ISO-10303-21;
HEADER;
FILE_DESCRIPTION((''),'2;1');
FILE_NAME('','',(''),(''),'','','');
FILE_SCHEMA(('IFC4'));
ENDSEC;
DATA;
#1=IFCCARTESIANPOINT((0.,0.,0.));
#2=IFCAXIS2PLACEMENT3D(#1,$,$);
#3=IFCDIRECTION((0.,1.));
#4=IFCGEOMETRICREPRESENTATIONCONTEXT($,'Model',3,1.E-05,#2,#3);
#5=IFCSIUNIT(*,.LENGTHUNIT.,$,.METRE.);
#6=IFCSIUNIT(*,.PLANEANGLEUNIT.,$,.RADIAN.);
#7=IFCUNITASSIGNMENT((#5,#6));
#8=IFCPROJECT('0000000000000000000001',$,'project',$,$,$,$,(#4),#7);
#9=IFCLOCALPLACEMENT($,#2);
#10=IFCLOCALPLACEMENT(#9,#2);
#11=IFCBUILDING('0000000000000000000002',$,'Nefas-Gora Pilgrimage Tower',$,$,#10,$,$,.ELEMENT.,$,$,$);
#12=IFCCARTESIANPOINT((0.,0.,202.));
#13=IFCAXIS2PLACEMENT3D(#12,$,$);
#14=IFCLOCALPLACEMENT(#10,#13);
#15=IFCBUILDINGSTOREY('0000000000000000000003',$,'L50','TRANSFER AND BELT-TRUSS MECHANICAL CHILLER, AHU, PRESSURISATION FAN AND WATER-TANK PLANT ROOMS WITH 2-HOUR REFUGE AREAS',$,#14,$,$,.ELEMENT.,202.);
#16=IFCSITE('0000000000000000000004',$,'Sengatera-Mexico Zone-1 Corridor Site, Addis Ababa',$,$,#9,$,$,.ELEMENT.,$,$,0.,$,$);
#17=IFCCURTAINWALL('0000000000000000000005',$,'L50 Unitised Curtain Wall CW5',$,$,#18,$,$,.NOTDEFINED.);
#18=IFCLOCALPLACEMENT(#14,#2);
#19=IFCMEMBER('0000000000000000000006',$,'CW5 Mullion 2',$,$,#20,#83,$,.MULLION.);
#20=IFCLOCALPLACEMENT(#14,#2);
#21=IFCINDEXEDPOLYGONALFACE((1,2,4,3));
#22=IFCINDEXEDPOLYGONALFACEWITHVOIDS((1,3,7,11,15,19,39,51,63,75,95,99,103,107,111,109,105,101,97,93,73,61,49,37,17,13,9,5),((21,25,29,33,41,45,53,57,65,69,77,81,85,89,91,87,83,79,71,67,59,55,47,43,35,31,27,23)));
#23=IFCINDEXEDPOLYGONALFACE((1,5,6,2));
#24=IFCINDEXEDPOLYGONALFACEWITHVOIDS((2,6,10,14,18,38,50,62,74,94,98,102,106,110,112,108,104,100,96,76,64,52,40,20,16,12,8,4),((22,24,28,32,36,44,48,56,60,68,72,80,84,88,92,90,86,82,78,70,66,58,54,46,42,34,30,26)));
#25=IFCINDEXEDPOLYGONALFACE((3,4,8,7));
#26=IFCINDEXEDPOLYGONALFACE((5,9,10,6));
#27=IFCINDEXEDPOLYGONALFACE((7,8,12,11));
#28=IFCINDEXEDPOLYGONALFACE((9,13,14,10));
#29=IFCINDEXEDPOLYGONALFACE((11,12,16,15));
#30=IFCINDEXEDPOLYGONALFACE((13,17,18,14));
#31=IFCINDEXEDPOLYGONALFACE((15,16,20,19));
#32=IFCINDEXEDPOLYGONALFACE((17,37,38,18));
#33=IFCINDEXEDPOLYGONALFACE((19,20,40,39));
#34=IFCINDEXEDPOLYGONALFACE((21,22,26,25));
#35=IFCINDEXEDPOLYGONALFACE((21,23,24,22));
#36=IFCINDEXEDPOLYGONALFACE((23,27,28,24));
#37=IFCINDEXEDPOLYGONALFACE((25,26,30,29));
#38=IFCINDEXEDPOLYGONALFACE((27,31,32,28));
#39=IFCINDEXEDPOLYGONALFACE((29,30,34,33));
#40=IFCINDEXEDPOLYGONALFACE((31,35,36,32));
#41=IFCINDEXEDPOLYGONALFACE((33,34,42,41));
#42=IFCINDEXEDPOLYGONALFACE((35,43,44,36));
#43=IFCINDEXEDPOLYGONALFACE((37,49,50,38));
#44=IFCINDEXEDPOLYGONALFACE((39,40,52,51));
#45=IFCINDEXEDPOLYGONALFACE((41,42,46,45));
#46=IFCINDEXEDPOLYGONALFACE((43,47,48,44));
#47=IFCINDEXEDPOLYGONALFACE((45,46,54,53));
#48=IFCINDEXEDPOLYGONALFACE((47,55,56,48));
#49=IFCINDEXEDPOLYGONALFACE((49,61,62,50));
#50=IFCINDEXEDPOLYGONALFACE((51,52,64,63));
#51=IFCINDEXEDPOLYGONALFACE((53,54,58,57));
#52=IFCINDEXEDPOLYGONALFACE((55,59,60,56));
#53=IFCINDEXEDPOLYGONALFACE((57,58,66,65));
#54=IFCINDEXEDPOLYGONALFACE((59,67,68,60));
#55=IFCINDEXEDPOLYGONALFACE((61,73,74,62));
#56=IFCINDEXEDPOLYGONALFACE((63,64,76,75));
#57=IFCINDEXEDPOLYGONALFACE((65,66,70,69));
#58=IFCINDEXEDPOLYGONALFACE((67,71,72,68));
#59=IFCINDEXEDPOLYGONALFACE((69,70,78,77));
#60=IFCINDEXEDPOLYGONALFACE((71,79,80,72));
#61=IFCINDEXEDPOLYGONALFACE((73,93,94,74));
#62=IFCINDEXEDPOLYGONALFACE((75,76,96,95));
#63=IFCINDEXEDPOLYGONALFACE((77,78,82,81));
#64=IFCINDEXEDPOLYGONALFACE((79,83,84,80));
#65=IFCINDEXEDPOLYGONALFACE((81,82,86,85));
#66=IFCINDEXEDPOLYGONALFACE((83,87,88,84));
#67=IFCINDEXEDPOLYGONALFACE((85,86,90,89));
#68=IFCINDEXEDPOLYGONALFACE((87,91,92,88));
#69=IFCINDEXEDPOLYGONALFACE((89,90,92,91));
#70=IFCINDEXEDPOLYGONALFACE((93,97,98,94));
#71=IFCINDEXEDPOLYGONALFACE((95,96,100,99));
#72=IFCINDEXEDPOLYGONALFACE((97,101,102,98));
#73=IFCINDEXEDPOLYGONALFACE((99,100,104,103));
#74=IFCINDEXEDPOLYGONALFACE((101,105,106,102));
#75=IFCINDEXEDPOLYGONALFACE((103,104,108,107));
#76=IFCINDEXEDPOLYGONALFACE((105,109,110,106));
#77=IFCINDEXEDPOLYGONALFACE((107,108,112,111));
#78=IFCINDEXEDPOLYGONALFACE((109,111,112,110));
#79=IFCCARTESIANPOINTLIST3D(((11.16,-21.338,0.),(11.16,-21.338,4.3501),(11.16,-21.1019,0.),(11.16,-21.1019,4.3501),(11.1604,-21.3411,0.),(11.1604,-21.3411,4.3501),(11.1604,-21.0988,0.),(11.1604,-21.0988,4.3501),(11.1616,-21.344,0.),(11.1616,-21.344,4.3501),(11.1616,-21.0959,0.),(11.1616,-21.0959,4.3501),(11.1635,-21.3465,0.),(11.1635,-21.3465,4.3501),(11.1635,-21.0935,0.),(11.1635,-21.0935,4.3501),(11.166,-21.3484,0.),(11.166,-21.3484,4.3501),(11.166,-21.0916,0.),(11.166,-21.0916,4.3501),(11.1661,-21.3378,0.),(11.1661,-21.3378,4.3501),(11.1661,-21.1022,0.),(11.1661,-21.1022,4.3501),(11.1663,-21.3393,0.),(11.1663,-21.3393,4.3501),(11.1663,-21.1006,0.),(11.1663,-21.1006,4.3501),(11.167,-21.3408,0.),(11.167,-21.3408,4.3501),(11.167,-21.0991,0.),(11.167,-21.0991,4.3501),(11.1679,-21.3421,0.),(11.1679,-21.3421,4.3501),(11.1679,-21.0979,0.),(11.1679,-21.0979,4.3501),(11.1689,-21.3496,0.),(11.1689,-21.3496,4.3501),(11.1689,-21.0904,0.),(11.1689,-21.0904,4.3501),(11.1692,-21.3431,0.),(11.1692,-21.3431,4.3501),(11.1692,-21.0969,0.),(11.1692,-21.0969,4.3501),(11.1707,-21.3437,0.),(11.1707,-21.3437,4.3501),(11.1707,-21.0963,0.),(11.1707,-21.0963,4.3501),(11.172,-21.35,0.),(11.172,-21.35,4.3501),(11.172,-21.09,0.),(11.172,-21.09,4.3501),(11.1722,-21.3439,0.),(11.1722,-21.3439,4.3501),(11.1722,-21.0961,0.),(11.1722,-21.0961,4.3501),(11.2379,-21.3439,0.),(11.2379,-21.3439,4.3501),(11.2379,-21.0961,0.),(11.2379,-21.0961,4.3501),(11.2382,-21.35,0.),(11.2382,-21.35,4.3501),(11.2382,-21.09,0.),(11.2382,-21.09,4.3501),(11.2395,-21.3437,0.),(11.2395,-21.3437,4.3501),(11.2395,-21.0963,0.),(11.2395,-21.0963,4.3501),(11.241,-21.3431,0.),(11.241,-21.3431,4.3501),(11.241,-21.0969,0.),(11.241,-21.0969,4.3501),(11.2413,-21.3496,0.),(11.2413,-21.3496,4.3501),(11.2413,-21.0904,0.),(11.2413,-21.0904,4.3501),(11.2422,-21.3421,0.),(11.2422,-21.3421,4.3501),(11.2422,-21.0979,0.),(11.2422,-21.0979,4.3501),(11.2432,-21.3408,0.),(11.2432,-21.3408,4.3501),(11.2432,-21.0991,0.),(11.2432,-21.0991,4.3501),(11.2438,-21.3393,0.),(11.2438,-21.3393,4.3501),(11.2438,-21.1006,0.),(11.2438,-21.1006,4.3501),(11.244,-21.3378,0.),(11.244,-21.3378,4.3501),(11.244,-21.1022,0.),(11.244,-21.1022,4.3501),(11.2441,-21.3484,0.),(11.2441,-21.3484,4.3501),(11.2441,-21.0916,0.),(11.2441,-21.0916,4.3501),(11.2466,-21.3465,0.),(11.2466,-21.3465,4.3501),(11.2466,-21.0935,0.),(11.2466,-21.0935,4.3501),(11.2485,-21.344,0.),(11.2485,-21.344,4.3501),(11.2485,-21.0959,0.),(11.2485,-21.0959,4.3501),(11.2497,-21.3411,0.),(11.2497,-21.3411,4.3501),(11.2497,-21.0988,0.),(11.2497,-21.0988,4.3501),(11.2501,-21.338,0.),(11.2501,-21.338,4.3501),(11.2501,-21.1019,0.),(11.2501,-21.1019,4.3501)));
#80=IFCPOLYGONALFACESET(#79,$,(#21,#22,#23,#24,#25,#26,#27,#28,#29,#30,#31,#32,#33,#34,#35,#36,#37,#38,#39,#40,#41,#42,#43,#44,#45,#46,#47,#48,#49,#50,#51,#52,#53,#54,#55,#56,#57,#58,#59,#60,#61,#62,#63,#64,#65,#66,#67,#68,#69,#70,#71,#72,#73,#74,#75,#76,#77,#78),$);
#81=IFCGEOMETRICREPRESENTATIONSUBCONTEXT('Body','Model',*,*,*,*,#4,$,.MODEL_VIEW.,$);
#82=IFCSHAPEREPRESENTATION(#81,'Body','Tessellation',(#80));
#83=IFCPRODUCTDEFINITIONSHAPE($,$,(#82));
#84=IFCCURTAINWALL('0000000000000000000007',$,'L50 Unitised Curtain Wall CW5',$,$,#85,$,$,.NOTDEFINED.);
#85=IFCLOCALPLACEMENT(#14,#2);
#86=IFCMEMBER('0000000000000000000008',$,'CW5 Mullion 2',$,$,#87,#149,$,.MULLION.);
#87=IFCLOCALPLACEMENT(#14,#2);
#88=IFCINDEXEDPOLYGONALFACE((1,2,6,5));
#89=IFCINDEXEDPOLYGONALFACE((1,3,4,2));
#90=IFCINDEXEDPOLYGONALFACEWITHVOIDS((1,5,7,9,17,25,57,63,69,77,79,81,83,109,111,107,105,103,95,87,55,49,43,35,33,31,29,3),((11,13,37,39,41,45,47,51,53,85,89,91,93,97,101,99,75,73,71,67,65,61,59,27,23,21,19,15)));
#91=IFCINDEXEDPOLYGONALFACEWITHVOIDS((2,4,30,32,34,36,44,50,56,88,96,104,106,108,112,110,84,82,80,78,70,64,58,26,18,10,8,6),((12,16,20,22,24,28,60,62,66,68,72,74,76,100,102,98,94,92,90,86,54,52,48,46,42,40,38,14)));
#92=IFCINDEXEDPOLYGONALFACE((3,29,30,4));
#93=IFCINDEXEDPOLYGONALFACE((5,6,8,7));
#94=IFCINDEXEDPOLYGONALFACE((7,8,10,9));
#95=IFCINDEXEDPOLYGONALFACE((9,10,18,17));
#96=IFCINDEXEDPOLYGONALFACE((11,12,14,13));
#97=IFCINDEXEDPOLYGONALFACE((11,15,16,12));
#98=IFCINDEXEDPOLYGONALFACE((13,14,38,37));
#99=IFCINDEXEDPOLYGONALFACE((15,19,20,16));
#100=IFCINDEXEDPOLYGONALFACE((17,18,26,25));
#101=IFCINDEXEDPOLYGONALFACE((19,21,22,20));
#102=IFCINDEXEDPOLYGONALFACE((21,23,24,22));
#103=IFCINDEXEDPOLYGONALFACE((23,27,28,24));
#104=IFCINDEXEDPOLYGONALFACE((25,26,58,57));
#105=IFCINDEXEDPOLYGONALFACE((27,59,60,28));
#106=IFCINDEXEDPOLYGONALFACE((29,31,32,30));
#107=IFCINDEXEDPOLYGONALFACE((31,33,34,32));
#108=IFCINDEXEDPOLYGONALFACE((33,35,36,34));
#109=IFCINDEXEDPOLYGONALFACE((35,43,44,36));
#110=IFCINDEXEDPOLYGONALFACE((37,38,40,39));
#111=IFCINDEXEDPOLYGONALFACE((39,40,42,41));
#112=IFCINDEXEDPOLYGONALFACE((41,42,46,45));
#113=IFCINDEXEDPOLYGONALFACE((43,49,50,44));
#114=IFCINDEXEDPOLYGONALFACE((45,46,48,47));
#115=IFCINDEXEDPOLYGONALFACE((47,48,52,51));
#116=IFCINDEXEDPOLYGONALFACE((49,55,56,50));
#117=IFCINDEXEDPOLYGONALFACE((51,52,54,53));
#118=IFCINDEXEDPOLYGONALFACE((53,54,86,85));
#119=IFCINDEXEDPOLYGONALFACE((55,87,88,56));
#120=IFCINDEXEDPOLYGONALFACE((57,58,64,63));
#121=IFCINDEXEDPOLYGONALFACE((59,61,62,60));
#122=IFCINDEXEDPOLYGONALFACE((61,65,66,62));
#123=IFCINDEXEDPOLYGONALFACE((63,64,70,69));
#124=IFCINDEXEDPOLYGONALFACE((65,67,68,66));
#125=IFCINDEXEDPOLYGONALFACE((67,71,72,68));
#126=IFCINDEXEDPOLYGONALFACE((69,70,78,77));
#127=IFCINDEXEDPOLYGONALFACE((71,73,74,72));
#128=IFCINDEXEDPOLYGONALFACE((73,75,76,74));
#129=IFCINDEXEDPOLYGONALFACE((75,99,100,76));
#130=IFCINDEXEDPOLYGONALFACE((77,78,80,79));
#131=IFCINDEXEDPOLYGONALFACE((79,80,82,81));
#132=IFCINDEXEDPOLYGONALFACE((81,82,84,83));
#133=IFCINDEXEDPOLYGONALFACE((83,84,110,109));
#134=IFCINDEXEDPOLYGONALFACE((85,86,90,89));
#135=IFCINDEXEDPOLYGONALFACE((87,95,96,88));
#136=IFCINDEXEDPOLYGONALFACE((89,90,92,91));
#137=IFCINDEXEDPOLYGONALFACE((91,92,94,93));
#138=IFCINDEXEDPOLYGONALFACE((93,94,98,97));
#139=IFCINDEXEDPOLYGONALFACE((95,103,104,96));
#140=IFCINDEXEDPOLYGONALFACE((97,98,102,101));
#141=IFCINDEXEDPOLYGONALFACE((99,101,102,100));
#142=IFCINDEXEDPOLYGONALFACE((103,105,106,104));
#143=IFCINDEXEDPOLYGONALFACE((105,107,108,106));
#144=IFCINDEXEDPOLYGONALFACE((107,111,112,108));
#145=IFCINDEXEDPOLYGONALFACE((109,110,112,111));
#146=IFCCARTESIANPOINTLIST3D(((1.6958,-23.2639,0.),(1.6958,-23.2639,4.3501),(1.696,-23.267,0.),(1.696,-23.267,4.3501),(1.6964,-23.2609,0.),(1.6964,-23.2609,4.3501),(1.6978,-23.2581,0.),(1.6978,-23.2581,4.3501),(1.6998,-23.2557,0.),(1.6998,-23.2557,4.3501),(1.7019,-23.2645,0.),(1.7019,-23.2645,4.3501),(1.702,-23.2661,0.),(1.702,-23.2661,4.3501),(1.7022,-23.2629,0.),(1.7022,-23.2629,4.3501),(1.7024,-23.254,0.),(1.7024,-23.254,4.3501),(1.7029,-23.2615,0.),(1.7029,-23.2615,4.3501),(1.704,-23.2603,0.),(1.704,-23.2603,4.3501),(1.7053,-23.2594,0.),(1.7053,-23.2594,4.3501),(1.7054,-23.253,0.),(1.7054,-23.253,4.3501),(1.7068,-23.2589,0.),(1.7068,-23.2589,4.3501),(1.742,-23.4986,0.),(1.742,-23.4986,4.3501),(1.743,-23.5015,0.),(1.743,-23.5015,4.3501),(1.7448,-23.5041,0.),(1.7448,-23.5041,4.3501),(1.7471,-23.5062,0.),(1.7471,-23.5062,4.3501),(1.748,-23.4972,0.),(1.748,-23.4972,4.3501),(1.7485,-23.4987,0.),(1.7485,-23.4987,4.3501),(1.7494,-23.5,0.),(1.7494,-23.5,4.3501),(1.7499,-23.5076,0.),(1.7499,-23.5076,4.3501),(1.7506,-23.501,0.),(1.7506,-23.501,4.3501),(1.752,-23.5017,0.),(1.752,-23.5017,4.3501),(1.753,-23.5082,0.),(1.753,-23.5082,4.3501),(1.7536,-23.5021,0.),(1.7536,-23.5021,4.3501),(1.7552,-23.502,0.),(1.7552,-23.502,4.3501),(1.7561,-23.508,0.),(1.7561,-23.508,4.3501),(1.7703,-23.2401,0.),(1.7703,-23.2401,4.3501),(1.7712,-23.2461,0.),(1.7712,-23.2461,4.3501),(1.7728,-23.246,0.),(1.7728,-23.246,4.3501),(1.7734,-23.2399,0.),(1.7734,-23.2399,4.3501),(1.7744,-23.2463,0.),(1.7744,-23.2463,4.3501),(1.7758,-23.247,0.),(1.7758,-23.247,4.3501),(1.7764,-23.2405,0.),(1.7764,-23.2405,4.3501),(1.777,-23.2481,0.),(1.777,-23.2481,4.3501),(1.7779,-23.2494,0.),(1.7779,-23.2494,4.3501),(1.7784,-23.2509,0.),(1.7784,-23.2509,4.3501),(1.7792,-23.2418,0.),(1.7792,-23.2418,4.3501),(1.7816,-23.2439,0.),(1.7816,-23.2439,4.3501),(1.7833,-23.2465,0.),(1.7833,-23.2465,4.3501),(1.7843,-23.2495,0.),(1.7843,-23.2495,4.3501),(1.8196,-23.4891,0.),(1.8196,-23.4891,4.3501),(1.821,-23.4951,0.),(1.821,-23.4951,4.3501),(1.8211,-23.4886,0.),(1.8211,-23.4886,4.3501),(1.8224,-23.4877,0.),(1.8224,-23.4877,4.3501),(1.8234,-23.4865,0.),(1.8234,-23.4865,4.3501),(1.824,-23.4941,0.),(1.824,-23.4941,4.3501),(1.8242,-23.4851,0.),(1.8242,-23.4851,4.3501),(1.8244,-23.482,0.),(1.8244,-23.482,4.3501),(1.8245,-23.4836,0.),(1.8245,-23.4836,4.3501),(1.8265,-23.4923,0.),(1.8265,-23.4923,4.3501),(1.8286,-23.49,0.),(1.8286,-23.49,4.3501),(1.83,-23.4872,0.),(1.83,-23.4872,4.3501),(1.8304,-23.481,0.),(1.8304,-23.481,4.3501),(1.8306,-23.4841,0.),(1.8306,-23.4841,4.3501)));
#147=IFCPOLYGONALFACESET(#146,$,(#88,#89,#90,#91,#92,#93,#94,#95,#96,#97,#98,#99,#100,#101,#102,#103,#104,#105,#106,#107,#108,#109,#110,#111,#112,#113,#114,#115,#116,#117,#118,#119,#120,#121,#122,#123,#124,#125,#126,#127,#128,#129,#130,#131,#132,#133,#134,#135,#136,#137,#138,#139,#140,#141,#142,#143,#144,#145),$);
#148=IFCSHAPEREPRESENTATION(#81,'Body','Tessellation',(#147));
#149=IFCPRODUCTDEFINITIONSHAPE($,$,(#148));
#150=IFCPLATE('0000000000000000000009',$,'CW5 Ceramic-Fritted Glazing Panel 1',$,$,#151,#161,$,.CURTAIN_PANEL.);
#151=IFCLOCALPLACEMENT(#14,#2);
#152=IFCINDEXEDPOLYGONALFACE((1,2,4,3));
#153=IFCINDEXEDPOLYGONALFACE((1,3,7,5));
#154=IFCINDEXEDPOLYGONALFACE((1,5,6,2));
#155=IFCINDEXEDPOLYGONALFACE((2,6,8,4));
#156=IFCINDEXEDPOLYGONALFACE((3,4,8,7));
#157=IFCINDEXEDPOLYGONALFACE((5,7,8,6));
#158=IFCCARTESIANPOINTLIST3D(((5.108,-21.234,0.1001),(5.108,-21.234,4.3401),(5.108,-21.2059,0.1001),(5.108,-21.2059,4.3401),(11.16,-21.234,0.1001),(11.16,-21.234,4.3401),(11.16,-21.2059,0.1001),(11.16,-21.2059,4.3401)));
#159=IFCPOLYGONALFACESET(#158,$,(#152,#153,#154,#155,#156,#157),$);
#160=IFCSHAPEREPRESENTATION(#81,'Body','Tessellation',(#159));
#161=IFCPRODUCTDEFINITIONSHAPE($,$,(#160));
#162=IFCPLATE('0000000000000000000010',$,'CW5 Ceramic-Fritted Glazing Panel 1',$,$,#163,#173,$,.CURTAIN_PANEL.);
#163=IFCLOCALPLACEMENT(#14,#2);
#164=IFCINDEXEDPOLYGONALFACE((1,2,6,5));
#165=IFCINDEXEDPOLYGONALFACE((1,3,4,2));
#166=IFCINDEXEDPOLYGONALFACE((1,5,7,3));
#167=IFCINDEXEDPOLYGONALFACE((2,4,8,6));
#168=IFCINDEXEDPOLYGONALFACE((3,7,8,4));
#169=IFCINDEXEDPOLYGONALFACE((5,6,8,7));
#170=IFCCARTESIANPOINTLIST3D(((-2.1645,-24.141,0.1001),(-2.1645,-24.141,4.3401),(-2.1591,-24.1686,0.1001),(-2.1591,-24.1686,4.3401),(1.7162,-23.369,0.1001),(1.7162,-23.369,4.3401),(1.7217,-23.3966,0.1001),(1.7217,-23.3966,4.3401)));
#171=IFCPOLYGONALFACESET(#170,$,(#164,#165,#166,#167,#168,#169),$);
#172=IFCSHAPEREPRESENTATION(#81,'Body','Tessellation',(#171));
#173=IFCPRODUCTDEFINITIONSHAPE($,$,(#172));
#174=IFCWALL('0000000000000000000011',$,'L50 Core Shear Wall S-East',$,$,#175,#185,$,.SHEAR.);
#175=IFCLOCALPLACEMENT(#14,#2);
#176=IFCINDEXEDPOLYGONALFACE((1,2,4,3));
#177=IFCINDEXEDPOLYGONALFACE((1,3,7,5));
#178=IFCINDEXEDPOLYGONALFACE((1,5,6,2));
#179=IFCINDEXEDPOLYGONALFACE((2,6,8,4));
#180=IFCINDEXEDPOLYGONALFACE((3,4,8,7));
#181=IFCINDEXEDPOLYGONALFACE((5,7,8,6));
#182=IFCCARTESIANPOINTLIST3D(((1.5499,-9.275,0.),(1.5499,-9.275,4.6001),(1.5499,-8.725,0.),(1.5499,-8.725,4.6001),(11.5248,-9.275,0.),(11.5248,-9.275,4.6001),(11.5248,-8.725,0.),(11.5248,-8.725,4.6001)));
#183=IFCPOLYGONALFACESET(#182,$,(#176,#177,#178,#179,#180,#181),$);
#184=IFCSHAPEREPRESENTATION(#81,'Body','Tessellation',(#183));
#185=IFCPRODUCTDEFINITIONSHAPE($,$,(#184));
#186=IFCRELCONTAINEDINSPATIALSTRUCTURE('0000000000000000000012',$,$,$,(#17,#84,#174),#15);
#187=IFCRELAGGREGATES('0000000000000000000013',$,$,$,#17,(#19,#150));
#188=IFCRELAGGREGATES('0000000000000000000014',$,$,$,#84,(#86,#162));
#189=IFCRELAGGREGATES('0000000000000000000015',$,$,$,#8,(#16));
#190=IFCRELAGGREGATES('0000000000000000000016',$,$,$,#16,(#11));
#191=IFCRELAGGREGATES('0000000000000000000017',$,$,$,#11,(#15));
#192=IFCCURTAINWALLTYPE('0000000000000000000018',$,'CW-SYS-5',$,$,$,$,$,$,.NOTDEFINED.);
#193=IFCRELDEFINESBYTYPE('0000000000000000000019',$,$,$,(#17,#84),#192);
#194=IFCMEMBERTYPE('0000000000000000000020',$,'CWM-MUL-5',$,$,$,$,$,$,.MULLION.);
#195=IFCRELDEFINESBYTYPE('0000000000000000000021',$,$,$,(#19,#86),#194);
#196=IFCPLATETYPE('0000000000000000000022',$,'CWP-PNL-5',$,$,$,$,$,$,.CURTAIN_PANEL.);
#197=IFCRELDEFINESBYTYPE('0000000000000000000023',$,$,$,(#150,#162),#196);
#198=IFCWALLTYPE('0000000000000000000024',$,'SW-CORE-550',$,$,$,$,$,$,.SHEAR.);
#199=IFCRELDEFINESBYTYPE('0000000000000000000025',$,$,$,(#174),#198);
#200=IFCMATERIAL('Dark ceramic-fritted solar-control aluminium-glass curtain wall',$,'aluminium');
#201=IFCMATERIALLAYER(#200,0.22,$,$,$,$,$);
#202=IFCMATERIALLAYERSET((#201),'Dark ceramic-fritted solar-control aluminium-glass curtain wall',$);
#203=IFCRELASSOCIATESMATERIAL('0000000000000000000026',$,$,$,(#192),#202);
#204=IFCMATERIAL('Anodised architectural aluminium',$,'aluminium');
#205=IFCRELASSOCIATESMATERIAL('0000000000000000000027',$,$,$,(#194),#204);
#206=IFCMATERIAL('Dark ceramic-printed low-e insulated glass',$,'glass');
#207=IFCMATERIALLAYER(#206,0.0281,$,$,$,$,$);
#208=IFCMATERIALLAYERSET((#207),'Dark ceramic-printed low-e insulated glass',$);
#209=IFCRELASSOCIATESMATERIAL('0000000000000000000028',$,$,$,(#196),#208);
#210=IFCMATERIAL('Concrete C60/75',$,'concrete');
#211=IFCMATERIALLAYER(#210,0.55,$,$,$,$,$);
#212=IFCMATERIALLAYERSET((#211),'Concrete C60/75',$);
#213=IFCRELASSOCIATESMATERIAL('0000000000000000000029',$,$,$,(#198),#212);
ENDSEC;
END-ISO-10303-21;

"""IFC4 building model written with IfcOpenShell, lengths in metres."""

from ifc_helpers import new_model, si_unit, direction, frame, frame_2d, origin, origin_2d, place, context, subcontext, project, spatial, rectangle, hollow_rectangle, extrude, source, transform, mapped, material, layer, layer_set, material_profile, profile_set, type_object, element, aggregate, save


model = new_model("IFC4")

# Units and contexts
model_context = context("Model", 3, precision=1e-05, world=origin(), true_north=direction((0.0, 1.0)))
body_context = subcontext(model_context, "Body", "Model", "MODEL_VIEW")
ifc_project = project(units=[si_unit("LENGTHUNIT", "METRE"), si_unit("PLANEANGLEUNIT", "RADIAN")], contexts=[model_context])

# Site, building, storey
site_placement = place(None, origin())
site = spatial("IfcSite", under=ifc_project, at=site_placement, Name="Sengatera-Mexico Zone-1 Corridor Site, Addis Ababa", CompositionType="ELEMENT", RefElevation=0.0)
building_placement = place(site_placement, origin())
building = spatial("IfcBuilding", under=site, at=building_placement, Name="Nefas-Gora Pilgrimage Tower", CompositionType="ELEMENT")
storey_placement = place(building_placement, frame((0.0, 0.0, 202.0)))
storey = spatial("IfcBuildingStorey", under=building, at=storey_placement, Name="L50", Description="TRANSFER AND BELT-TRUSS MECHANICAL CHILLER, AHU, PRESSURISATION FAN AND WATER-TANK PLANT ROOMS WITH 2-HOUR REFUGE AREAS", CompositionType="ELEMENT", Elevation=202.0)

# Shared definitions
ifc_material_1 = material(Name="Concrete C60/75", Category="concrete")

# Curtain wall, member
ifc_material_2 = material(Name="Dark ceramic-fritted solar-control aluminium-glass curtain wall", Category="aluminium")
ifc_layer_1 = layer(ifc_material_2, 0.22)
ifc_layer_set_1 = layer_set([ifc_layer_1], Name="Dark ceramic-fritted solar-control aluminium-glass curtain wall")
curtain_wall_type = type_object("IfcCurtainWallType", Name="CW-SYS-5", PredefinedType="NOTDEFINED", material=ifc_layer_set_1)
curtain_wall_1_placement = place(storey_placement, origin())
curtain_wall_1 = element("IfcCurtainWall", 1, at=curtain_wall_1_placement, inside=storey, type_object=curtain_wall_type, Name="L50 Unitised Curtain Wall CW5", PredefinedType="NOTDEFINED")
ifc_material_3 = material(Name="Anodised architectural aluminium", Category="aluminium")
ifc_material_profile_1 = material_profile(ifc_material_3, hollow_rectangle(XDim=0.0901, YDim=0.26, WallThickness=0.0061, InnerFilletRadius=0.0061, OuterFilletRadius=0.012, at=origin_2d()), Name="ALU MULLION 90x260")
ifc_profile_set_1 = profile_set([ifc_material_profile_1], Name="Anodised architectural aluminium")
member_type_1 = type_object("IfcMemberType", Name="CWM-MUL-5", PredefinedType="MULLION", material=ifc_profile_set_1)
shared_shape_1 = source(origin(), body_context, "Body", "SweptSolid", [
    extrude(hollow_rectangle(XDim=0.0901, YDim=0.26, WallThickness=0.0061, InnerFilletRadius=0.0061, OuterFilletRadius=0.012, at=origin_2d()), origin(), (0.0, 0.0, 1.0), 4.3501),
])
member_1_placement = place(storey_placement, frame((11.2051, -21.22, 0.0), z_axis=(0.0, 0.0, 1.0), x_axis=(1.0, 0.0, 0.0)))
member_1 = element("IfcMember", 2, at=member_1_placement, type_object=member_type_1, Name="CW5 Mullion 2", PredefinedType="MULLION", context=body_context, shape_type="MappedRepresentation", body=[
    mapped(shared_shape_1, transform((0.0, 0.0, 0.0), x_axis=(1.0, 0.0, 0.0), y_axis=(0.0, 1.0, 0.0), z_axis=(0.0, 0.0, 1.0), scale=1.0)),
])

# Curtain wall, member
curtain_wall_2_placement = place(storey_placement, origin())
curtain_wall_2 = element("IfcCurtainWall", 3, at=curtain_wall_2_placement, inside=storey, type_object=curtain_wall_type, Name="L50 Unitised Curtain Wall CW5", PredefinedType="NOTDEFINED")
member_2_placement = place(storey_placement, frame((1.7632, -23.374, 0.0), z_axis=(0.0, 0.0, 1.0), x_axis=(0.980783, 0.195102, 0.0)))
member_2 = element("IfcMember", 4, at=member_2_placement, type_object=member_type_1, Name="CW5 Mullion 2", PredefinedType="MULLION", context=body_context, shape_type="MappedRepresentation", body=[
    mapped(shared_shape_1, transform((0.0, 0.0, 0.0), x_axis=(1.0, 0.0, 0.0), y_axis=(0.0, 1.0, 0.0), z_axis=(0.0, 0.0, 1.0), scale=1.0)),
])

# Plates
ifc_material_4 = material(Name="Dark ceramic-printed low-e insulated glass", Category="glass")
ifc_layer_2 = layer(ifc_material_4, 0.0281)
ifc_layer_set_2 = layer_set([ifc_layer_2], Name="Dark ceramic-printed low-e insulated glass")
plate_type = type_object("IfcPlateType", Name="CWP-PNL-5", PredefinedType="CURTAIN_PANEL", material=ifc_layer_set_2)
shared_shape_2 = source(origin(), body_context, "Body", "SweptSolid", [
    extrude(rectangle(XDim=6.052, YDim=0.0281, at=origin_2d()), origin(), (0.0, 0.0, 1.0), 4.24),
])
plate_1_placement = place(storey_placement, frame((8.134, -21.22, 0.1001), z_axis=(0.0, 0.0, 1.0), x_axis=(1.0, 0.0, 0.0)))
plate_1 = element("IfcPlate", 5, at=plate_1_placement, type_object=plate_type, Name="CW5 Ceramic-Fritted Glazing Panel 1", PredefinedType="CURTAIN_PANEL", context=body_context, shape_type="MappedRepresentation", body=[
    mapped(shared_shape_2, transform((0.0, 0.0, 0.0), x_axis=(1.0, 0.0, 0.0), y_axis=(0.0, 1.0, 0.0), z_axis=(0.0, 0.0, 1.0), scale=1.0)),
])
aggregate(curtain_wall_1, [member_1, plate_1])
shared_shape_3 = source(origin(), body_context, "Body", "SweptSolid", [
    extrude(rectangle(XDim=3.9568, YDim=0.0281, at=origin_2d()), origin(), (0.0, 0.0, 1.0), 4.24),
])
plate_2_placement = place(storey_placement, frame((-0.2214, -23.7688, 0.1001), z_axis=(0.0, 0.0, 1.0), x_axis=(0.980783, 0.195102, 0.0)))
plate_2 = element("IfcPlate", 6, at=plate_2_placement, type_object=plate_type, Name="CW5 Ceramic-Fritted Glazing Panel 1", PredefinedType="CURTAIN_PANEL", context=body_context, shape_type="MappedRepresentation", body=[
    mapped(shared_shape_3, transform((0.0, 0.0, 0.0), x_axis=(1.0, 0.0, 0.0), y_axis=(0.0, 1.0, 0.0), z_axis=(0.0, 0.0, 1.0), scale=1.0)),
])
aggregate(curtain_wall_2, [member_2, plate_2])

# Wall
ifc_layer_3 = layer(ifc_material_1, 0.55)
ifc_layer_set_3 = layer_set([ifc_layer_3], Name="Concrete C60/75")
wall_type_1 = type_object("IfcWallType", Name="SW-CORE-550", PredefinedType="SHEAR", material=ifc_layer_set_3)
shared_shape_4 = source(origin(), body_context, "Body", "SweptSolid", [
    extrude(rectangle(XDim=9.9749, YDim=0.55, at=frame_2d((4.9873, 0.0))), origin(), (0.0, 0.0, 1.0), 4.6001),
])
wall_1_placement = place(storey_placement, frame((1.55, -9.0, 0.0), z_axis=(0.0, 0.0, 1.0), x_axis=(1.0, 0.0, 0.0)))
element("IfcWall", 7, at=wall_1_placement, inside=storey, type_object=wall_type_1, Name="L50 Core Shear Wall S-East", PredefinedType="SHEAR", context=body_context, shape_type="MappedRepresentation", body=[
    mapped(shared_shape_4, transform((0.0, 0.0, 0.0), x_axis=(1.0, 0.0, 0.0), y_axis=(0.0, 1.0, 0.0), z_axis=(0.0, 0.0, 1.0), scale=1.0)),
])

save(model, "model.ifc")
